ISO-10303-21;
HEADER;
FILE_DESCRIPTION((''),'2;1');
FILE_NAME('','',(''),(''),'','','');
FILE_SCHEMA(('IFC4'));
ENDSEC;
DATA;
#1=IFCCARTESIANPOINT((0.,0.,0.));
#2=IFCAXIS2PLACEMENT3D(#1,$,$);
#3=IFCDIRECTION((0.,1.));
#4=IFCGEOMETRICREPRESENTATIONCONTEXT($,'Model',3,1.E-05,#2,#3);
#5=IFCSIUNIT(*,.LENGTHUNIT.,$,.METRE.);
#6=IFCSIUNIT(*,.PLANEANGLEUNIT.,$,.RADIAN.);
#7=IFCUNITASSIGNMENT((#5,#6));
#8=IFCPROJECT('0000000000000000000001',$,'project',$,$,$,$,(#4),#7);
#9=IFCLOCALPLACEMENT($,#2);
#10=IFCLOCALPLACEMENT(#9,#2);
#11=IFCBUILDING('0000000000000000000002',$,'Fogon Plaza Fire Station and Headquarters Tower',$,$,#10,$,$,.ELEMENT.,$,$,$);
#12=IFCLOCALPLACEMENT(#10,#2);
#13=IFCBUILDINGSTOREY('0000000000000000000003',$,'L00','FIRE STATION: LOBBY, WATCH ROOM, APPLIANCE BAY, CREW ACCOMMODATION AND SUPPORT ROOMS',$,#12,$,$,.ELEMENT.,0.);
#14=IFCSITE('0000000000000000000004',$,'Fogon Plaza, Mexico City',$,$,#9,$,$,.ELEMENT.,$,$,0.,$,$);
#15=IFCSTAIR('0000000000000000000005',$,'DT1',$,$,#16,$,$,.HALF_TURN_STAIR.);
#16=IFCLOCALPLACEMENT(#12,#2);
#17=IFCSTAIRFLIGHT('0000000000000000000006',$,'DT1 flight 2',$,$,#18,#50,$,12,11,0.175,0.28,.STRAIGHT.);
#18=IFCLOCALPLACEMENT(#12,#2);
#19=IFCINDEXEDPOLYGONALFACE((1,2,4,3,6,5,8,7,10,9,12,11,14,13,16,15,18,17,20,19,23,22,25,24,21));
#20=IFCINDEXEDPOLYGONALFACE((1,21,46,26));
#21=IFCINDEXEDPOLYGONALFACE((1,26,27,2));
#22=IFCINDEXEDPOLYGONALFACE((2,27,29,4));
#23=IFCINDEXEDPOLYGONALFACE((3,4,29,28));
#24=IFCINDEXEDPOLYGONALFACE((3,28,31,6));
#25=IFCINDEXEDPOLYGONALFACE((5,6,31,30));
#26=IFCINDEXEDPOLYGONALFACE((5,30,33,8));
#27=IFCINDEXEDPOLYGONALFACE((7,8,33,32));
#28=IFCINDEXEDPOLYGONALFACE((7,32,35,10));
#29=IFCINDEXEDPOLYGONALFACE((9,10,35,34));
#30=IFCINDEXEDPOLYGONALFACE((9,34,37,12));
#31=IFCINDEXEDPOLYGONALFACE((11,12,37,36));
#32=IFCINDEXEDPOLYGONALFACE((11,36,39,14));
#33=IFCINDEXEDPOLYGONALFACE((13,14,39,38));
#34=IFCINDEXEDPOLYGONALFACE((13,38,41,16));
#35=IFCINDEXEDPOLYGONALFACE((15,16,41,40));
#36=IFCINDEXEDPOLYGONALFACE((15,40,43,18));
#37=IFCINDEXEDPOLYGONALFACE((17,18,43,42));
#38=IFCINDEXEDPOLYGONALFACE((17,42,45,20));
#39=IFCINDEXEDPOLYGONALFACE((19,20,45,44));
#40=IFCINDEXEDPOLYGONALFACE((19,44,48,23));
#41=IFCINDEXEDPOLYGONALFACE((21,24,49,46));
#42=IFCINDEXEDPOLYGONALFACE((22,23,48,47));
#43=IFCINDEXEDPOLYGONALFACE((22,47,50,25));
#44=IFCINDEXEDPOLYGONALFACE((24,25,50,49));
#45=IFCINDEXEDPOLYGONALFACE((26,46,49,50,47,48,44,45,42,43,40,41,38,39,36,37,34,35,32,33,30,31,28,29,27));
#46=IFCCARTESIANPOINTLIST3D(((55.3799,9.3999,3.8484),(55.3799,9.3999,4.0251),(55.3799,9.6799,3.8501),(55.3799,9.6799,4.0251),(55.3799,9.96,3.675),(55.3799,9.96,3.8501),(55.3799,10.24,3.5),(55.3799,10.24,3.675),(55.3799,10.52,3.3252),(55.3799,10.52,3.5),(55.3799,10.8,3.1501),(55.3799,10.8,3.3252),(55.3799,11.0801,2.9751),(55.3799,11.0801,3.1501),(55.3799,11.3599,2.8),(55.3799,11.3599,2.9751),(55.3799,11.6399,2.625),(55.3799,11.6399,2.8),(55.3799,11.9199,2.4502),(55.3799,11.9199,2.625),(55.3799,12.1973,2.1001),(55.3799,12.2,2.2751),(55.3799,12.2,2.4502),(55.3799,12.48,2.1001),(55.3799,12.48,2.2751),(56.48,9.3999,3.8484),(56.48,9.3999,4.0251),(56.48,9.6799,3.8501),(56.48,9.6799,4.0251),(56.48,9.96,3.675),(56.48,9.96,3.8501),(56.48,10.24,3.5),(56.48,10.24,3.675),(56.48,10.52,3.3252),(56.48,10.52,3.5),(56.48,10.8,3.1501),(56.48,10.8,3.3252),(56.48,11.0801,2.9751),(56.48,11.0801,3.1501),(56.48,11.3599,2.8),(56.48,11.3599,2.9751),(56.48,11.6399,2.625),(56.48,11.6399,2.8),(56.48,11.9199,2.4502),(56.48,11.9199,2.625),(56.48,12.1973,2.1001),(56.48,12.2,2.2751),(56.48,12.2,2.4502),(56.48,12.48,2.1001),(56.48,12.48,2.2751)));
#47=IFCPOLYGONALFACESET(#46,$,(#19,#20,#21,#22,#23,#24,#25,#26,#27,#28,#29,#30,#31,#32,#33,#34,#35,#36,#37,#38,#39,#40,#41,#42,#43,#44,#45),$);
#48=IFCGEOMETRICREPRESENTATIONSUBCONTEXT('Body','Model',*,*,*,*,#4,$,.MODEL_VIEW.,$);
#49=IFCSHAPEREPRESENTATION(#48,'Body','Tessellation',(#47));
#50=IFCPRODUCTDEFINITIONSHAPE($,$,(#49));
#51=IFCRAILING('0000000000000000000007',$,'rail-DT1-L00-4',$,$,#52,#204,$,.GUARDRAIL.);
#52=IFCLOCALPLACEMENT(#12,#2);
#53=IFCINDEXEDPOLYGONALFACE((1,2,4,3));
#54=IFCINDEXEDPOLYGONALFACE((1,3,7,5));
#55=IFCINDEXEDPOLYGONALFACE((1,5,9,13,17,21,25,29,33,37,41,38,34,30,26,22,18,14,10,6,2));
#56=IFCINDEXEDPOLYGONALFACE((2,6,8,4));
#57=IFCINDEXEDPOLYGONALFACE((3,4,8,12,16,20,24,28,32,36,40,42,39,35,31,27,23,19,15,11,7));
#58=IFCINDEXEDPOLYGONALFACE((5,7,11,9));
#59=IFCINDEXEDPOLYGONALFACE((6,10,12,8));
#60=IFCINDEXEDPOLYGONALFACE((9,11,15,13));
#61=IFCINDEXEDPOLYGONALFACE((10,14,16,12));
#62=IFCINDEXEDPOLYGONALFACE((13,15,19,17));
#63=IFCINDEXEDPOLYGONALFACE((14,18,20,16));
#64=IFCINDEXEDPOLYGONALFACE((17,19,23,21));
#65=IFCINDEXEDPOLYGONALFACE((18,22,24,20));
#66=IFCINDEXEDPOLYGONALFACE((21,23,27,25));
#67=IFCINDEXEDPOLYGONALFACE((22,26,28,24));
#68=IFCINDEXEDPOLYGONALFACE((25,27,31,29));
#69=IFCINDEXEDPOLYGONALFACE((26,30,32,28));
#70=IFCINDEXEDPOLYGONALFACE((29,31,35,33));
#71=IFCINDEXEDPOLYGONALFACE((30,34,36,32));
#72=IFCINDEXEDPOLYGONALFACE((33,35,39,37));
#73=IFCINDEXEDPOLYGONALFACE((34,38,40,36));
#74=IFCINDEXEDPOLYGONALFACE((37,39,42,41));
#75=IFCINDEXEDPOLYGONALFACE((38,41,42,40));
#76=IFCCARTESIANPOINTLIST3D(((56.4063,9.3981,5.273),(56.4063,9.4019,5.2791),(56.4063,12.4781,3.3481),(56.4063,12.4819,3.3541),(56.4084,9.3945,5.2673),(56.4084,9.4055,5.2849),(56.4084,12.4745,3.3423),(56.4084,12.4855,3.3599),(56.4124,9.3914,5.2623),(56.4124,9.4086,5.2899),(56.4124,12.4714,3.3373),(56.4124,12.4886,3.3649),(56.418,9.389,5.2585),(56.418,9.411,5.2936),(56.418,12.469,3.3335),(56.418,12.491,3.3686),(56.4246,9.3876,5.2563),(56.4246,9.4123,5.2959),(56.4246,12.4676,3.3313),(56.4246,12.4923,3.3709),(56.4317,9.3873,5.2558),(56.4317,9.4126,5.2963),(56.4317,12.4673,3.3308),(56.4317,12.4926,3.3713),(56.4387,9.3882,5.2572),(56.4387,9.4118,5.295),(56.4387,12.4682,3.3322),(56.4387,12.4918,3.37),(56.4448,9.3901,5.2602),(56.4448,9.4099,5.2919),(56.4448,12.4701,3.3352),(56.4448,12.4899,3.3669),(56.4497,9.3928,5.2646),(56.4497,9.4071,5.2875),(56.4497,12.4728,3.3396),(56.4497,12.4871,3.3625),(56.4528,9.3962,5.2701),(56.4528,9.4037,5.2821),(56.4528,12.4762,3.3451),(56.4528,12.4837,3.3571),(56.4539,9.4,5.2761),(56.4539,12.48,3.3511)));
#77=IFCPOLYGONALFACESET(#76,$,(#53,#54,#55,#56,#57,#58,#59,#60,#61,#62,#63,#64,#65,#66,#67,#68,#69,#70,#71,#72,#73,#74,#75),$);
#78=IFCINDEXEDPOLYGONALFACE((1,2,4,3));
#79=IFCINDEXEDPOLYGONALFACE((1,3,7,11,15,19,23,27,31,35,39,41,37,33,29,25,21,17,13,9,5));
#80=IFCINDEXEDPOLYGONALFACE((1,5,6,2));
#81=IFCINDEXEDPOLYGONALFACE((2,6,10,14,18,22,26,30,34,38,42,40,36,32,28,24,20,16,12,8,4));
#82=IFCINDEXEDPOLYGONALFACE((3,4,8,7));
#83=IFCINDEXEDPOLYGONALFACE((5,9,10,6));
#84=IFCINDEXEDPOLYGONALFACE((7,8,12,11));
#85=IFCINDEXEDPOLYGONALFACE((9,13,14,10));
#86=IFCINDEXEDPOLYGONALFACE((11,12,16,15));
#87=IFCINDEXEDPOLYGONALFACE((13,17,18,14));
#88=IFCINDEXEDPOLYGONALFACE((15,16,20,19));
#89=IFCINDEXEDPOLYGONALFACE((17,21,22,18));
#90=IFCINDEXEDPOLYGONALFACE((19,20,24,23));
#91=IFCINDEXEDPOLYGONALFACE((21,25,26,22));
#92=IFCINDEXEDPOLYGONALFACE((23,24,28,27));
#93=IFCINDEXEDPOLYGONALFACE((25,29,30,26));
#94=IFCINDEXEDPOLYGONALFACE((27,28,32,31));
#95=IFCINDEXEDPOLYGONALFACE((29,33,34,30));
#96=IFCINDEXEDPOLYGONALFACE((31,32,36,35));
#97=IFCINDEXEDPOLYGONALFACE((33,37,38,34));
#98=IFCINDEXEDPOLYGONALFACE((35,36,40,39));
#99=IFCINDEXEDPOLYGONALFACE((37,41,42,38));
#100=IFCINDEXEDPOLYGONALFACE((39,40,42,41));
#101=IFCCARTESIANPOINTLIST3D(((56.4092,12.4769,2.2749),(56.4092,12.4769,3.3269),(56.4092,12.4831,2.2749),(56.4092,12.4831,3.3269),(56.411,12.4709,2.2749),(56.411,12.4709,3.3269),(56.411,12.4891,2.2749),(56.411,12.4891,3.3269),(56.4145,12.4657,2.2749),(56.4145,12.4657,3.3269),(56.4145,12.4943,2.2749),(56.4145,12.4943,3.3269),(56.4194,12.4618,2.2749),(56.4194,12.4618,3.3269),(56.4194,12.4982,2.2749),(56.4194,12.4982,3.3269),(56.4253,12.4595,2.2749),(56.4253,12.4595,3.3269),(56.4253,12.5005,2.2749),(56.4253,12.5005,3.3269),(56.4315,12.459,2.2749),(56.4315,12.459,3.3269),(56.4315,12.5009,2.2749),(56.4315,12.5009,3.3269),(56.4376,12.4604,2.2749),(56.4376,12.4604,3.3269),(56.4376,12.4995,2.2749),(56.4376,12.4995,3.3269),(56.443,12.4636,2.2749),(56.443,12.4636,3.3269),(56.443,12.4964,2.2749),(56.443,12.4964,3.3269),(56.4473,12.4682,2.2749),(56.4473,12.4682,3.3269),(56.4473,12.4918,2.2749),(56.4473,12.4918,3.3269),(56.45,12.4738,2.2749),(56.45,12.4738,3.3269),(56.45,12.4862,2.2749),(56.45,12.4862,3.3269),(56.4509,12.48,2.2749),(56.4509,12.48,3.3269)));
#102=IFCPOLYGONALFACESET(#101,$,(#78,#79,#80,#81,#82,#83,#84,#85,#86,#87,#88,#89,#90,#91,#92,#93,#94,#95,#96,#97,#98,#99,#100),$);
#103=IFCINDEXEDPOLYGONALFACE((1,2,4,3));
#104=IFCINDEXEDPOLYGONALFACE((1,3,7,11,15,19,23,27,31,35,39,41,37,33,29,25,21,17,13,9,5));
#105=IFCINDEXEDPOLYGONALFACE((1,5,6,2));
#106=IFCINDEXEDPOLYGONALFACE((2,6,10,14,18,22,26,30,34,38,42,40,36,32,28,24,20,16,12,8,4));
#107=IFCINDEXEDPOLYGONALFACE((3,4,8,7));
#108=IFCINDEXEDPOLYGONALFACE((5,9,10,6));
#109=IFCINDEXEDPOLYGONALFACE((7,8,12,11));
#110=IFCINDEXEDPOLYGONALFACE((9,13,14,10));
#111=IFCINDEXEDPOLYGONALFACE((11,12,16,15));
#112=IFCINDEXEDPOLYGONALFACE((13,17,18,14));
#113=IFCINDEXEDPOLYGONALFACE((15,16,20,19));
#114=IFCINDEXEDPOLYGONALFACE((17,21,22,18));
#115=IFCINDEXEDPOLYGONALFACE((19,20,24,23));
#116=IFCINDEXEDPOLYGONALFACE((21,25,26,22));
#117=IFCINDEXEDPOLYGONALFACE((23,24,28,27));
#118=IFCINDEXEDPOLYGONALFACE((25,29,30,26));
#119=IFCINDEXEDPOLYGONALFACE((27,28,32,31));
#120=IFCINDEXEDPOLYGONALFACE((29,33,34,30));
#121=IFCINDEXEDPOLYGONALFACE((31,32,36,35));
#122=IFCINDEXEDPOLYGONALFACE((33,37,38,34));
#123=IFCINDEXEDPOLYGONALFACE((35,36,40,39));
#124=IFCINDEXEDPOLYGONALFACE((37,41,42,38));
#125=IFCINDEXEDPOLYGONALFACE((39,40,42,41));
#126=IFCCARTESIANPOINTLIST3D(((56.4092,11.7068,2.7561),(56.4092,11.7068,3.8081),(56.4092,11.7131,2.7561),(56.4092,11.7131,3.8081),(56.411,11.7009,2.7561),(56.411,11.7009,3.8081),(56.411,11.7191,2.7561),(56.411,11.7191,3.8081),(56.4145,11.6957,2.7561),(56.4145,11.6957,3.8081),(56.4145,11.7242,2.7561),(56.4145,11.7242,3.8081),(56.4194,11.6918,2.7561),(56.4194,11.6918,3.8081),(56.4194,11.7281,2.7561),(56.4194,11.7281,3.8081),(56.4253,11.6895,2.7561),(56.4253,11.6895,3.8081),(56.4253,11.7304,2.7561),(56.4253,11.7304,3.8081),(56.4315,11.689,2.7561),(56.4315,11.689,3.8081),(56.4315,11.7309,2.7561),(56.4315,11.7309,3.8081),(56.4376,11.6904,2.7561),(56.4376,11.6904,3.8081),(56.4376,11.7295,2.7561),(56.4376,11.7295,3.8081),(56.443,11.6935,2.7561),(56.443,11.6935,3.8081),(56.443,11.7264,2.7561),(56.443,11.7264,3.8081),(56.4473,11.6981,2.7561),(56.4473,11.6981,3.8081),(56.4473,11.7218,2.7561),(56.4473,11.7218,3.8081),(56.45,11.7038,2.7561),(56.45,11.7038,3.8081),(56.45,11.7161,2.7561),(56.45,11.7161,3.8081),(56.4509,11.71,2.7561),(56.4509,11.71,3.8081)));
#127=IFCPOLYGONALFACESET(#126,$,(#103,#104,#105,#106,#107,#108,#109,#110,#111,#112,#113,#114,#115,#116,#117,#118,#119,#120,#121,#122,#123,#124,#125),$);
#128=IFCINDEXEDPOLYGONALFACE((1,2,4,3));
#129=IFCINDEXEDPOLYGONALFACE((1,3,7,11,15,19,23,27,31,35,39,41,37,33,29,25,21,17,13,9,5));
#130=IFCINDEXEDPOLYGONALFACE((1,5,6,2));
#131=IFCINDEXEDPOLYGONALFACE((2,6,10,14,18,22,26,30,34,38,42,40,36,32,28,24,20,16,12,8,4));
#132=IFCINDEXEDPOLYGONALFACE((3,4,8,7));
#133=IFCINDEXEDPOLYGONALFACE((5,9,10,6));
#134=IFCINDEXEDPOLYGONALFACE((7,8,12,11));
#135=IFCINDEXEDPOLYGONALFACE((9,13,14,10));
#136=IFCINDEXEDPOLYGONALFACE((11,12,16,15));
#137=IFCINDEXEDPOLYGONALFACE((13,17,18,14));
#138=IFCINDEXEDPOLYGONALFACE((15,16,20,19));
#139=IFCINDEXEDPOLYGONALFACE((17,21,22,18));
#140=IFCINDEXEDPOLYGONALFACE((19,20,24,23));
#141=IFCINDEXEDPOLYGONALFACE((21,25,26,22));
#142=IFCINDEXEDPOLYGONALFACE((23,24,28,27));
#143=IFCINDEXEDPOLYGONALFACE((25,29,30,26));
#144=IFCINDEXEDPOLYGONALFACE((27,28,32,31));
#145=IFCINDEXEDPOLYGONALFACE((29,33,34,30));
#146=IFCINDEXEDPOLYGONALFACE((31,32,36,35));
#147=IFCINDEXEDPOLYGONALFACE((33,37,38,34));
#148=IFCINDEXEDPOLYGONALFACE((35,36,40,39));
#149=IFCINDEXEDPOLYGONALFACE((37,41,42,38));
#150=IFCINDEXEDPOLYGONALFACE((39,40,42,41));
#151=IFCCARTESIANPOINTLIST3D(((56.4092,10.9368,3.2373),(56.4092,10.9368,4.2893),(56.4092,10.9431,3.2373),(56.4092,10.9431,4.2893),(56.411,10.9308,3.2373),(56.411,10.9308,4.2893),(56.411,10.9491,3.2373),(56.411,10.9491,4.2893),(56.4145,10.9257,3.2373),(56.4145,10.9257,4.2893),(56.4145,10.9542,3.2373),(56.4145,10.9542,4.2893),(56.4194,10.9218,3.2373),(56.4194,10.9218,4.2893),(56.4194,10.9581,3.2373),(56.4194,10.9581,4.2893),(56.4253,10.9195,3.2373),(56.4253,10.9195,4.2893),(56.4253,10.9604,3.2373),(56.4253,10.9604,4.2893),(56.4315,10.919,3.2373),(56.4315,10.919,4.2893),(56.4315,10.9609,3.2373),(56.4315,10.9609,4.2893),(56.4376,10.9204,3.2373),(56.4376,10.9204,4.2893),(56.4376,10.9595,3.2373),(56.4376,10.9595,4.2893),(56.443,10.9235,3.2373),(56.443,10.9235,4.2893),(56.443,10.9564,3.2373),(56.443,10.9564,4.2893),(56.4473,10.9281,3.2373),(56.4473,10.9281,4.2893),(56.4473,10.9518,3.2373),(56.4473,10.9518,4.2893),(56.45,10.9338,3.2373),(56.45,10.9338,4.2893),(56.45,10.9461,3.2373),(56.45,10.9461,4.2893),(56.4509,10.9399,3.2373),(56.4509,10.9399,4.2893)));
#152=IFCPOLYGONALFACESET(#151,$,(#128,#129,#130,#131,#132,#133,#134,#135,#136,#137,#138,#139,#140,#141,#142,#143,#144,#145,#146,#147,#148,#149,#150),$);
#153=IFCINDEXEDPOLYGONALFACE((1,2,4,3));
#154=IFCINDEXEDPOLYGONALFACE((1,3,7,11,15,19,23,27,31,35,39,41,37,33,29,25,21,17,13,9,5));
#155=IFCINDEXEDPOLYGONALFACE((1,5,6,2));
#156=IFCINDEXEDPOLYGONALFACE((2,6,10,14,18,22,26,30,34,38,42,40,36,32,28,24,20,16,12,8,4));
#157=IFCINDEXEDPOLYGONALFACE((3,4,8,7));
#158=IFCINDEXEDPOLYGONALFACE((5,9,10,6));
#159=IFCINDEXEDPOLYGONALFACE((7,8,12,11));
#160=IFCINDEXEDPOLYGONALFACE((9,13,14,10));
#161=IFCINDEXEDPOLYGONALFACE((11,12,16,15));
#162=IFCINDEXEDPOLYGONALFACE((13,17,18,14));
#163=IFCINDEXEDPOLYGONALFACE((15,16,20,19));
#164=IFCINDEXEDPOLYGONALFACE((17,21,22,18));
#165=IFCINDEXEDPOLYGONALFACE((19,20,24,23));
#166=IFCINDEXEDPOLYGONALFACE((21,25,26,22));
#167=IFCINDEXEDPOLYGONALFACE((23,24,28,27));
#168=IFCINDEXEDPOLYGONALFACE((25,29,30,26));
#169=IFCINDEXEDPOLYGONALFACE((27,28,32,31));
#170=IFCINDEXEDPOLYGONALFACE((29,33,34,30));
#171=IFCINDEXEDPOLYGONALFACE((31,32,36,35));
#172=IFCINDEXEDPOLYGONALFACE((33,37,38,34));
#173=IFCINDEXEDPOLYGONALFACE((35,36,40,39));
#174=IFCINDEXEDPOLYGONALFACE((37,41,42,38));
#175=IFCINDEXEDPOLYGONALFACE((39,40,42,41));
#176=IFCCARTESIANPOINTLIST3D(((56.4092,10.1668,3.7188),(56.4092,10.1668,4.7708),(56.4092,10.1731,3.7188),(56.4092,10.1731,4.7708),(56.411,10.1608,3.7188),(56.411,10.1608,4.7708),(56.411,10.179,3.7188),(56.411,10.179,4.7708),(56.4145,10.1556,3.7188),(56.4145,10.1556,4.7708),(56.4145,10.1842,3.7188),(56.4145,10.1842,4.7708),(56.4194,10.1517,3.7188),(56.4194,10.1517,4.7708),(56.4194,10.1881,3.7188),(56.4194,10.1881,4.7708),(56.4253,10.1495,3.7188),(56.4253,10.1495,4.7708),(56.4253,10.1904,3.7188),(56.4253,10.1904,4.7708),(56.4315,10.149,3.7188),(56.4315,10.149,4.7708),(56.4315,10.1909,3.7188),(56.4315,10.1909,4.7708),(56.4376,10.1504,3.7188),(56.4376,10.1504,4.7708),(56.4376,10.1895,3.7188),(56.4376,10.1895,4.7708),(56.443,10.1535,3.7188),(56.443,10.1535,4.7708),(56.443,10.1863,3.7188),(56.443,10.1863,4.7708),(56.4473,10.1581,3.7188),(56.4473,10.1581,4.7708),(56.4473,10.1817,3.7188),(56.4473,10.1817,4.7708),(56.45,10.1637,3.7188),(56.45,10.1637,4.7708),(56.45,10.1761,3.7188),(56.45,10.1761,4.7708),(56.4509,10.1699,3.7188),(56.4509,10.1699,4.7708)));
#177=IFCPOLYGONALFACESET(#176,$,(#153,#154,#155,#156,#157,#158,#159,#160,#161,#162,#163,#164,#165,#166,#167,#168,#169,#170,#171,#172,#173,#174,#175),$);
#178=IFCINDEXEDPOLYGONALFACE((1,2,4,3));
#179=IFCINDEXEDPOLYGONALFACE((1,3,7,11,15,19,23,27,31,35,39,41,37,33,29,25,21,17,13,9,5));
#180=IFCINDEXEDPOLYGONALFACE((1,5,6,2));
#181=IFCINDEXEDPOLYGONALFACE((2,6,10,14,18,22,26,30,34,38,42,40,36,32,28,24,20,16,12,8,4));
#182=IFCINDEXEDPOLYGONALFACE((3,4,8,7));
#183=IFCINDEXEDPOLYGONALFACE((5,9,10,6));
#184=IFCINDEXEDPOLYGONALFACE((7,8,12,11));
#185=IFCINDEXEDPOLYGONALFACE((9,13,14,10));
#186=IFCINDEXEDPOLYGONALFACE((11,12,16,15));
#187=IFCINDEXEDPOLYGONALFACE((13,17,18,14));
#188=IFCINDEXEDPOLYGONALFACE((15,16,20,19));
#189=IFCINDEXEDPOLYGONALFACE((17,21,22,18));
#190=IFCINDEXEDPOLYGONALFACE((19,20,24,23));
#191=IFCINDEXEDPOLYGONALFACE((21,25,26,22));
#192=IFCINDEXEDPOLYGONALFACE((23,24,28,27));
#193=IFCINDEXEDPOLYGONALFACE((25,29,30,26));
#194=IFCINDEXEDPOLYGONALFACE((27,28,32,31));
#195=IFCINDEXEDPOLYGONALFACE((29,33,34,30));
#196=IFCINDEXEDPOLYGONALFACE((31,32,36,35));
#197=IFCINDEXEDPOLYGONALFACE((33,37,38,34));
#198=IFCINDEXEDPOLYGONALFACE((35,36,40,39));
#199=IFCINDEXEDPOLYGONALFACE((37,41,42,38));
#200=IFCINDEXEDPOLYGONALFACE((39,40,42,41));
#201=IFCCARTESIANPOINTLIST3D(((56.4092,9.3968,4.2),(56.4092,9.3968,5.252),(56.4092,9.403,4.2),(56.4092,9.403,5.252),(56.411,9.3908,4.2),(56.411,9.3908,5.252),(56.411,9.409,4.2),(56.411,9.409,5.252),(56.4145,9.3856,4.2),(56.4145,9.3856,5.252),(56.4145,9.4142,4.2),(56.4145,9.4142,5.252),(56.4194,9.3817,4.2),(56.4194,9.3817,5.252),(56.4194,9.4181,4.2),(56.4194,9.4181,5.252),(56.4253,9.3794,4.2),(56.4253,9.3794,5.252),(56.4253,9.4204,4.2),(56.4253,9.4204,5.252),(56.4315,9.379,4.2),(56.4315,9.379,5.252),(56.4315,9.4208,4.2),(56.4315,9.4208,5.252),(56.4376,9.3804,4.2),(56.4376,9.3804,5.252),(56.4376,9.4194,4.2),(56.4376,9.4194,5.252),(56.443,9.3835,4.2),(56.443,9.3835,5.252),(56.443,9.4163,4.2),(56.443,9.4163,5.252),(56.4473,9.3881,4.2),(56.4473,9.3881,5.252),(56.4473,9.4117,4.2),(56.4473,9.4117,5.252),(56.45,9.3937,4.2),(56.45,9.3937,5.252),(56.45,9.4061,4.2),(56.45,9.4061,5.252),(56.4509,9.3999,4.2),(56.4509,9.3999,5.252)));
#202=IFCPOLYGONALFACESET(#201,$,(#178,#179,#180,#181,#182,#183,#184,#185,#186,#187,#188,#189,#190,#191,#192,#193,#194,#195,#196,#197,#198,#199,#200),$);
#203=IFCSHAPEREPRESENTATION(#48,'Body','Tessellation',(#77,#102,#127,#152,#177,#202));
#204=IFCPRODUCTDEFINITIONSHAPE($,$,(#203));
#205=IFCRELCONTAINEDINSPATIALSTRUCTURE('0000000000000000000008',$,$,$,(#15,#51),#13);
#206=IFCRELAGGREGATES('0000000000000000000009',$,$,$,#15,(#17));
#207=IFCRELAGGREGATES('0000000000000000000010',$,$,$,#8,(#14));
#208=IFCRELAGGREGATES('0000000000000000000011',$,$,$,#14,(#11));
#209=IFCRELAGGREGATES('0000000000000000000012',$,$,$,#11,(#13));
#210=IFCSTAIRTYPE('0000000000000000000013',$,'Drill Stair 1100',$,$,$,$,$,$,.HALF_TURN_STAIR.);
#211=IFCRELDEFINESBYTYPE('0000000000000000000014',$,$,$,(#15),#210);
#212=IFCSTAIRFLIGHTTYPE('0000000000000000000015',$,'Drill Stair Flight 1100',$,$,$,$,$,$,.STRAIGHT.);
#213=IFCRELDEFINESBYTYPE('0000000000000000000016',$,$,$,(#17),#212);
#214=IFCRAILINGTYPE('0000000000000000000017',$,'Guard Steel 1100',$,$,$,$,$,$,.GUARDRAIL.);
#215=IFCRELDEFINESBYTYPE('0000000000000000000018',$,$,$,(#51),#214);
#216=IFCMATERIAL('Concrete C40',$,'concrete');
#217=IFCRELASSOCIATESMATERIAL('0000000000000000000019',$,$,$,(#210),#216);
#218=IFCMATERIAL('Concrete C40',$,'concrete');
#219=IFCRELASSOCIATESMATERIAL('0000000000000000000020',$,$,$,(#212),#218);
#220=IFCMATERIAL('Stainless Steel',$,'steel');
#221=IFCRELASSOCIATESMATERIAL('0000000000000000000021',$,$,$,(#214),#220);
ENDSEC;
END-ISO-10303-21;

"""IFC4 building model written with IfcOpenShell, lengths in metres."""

from ifc_helpers import new_model, si_unit, direction, frame, origin, origin_2d, place, context, subcontext, project, spatial, polyline, circle, outline, extrude, material, type_object, element, aggregate, save


model = new_model("IFC4")

# Units and contexts
model_context = context("Model", 3, precision=1e-05, world=origin(), true_north=direction((0.0, 1.0)))
body_context = subcontext(model_context, "Body", "Model", "MODEL_VIEW")
ifc_project = project(units=[si_unit("LENGTHUNIT", "METRE"), si_unit("PLANEANGLEUNIT", "RADIAN")], contexts=[model_context])

# Site, building, storey
site_placement = place(None, origin())
site = spatial("IfcSite", under=ifc_project, at=site_placement, Name="Fogon Plaza, Mexico City", CompositionType="ELEMENT", RefElevation=0.0)
building_placement = place(site_placement, origin())
building = spatial("IfcBuilding", under=site, at=building_placement, Name="Fogon Plaza Fire Station and Headquarters Tower", CompositionType="ELEMENT")
storey_placement = place(building_placement, origin())
storey = spatial("IfcBuildingStorey", under=building, at=storey_placement, Name="L00", Description="FIRE STATION: LOBBY, WATCH ROOM, APPLIANCE BAY, CREW ACCOMMODATION AND SUPPORT ROOMS", CompositionType="ELEMENT", Elevation=0.0)

# Stair, stair flight
ifc_material_1 = material(Name="Concrete C40", Category="concrete")
stair_type = type_object("IfcStairType", Name="Drill Stair 1100", PredefinedType="HALF_TURN_STAIR", material=ifc_material_1)
stair_placement = place(storey_placement, origin())
stair = element("IfcStair", 1, at=stair_placement, inside=storey, type_object=stair_type, Name="DT1", PredefinedType="HALF_TURN_STAIR")
ifc_material_2 = material(Name="Concrete C40", Category="concrete")
stair_flight_type = type_object("IfcStairFlightType", Name="Drill Stair Flight 1100", PredefinedType="STRAIGHT", material=ifc_material_2)
stair_flight_placement = place(storey_placement, frame((55.9299, 12.48, 2.1001), z_axis=(0.0, 0.0, 1.0), x_axis=(0.0, -1.0, 0.0)))
stair_flight = element("IfcStairFlight", 2, at=stair_flight_placement, type_object=stair_flight_type, Name="DT1 flight 2", NumberOfRisers=12, NumberOfTreads=11, PredefinedType="STRAIGHT", RiserHeight=0.175, TreadLength=0.28, context=body_context, shape_type="SweptSolid", body=[
    extrude(outline(polyline([(0.0, 0.0), (0.0, 0.175), (0.28, 0.175), (0.28, 0.3501), (0.5601, 0.3501), (0.5601, 0.5249), (0.8401, 0.5249), (0.8401, 0.7), (1.1201, 0.7), (1.1201, 0.875), (1.3999, 0.875), (1.3999, 1.05), (1.6799, 1.05), (1.6799, 1.2251), (1.96, 1.2251), (1.96, 1.3999), (2.24, 1.3999), (2.24, 1.575), (2.52, 1.575), (2.52, 1.75), (2.8, 1.75), (2.8, 1.925), (3.0801, 1.925), (3.0801, 2.1001), (3.0801, 1.7483), (0.2827, 0.0), (0.0, 0.0)])), frame((0.0, 0.55, 0.0), z_axis=(0.0, -1.0, 0.0), x_axis=(1.0, 0.0, 0.0)), (0.0, 0.0, 1.0), 1.1001),
])
aggregate(stair, [stair_flight])

# Railing
ifc_material_3 = material(Name="Stainless Steel", Category="steel")
railing_type_1 = type_object("IfcRailingType", Name="Guard Steel 1100", PredefinedType="GUARDRAIL", material=ifc_material_3)
railing_1_placement = place(storey_placement, frame((56.4299, 12.48, 2.2749)))
element("IfcRailing", 3, at=railing_1_placement, inside=storey, type_object=railing_type_1, Name="rail-DT1-L00-4", PredefinedType="GUARDRAIL", context=body_context, shape_type="SweptSolid", body=[
    extrude(circle(Radius=0.0239, at=origin_2d()), frame((0.0, 0.0, 1.0762), z_axis=(0.0, -0.847998, 0.529999), x_axis=(1.0, 0.0, 0.0)), (0.0, 0.0, 1.0), 3.6321),
    extrude(circle(Radius=0.021, at=origin_2d()), origin(), (0.0, 0.0, 1.0), 1.052),
    extrude(circle(Radius=0.021, at=origin_2d()), frame((0.0, -0.77, 0.4812)), (0.0, 0.0, 1.0), 1.052),
    extrude(circle(Radius=0.021, at=origin_2d()), frame((0.0, -1.54, 0.9624)), (0.0, 0.0, 1.0), 1.052),
    extrude(circle(Radius=0.021, at=origin_2d()), frame((0.0, -2.3101, 1.4438)), (0.0, 0.0, 1.0), 1.052),
    extrude(circle(Radius=0.021, at=origin_2d()), frame((0.0, -3.0801, 1.925)), (0.0, 0.0, 1.0), 1.052),
])

save(model, "model.ifc")
